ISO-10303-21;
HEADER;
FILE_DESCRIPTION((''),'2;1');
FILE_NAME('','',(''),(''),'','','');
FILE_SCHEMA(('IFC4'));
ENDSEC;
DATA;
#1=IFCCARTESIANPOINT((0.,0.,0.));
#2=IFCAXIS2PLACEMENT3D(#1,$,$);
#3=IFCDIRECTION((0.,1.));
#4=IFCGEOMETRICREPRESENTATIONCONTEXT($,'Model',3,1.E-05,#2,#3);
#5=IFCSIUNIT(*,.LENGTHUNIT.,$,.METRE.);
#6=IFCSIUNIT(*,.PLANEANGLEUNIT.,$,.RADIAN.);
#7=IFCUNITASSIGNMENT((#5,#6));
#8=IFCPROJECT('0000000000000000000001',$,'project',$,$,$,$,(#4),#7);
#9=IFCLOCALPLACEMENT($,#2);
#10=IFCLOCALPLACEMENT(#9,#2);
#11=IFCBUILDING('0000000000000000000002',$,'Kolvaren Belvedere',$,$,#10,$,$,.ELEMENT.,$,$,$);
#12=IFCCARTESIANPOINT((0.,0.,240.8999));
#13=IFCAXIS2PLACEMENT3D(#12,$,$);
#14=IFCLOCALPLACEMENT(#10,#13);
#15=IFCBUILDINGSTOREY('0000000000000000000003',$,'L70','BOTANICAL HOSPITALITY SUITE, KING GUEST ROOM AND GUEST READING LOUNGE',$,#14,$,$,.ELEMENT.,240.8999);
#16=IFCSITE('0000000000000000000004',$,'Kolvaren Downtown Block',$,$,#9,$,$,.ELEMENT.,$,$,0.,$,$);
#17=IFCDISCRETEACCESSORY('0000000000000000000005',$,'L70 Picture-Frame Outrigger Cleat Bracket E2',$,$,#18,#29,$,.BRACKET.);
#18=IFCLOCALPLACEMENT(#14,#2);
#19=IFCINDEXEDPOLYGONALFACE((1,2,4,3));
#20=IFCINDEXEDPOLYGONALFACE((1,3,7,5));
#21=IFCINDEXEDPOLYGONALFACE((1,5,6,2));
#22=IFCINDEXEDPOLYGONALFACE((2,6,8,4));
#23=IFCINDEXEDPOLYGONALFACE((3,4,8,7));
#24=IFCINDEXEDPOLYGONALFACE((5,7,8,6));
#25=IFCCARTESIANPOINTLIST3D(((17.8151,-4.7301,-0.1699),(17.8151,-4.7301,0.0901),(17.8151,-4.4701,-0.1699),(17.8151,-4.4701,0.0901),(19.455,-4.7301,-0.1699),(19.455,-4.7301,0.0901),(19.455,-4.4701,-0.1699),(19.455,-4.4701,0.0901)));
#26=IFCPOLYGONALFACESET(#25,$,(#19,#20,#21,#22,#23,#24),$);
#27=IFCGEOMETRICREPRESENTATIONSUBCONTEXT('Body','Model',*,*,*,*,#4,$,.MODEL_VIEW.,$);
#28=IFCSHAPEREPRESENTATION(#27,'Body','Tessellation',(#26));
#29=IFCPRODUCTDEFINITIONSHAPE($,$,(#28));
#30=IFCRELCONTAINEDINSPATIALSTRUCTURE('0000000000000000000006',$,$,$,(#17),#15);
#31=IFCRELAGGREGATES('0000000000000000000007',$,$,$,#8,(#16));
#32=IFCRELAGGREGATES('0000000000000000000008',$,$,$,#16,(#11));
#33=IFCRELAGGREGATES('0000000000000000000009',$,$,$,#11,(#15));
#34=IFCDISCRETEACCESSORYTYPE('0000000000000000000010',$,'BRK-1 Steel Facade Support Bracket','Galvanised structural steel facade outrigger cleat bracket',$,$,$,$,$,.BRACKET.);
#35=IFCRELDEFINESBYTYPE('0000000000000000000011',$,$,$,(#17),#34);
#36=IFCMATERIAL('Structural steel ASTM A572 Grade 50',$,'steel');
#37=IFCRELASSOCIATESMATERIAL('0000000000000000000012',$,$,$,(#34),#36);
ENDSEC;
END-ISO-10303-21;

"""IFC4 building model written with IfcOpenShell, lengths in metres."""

from ifc_helpers import new_model, si_unit, direction, frame, origin, origin_2d, place, context, subcontext, project, spatial, rectangle, extrude, material, type_object, element, save


model = new_model("IFC4")

# Units and contexts
model_context = context("Model", 3, precision=1e-05, world=origin(), true_north=direction((0.0, 1.0)))
body_context = subcontext(model_context, "Body", "Model", "MODEL_VIEW")
ifc_project = project(units=[si_unit("LENGTHUNIT", "METRE"), si_unit("PLANEANGLEUNIT", "RADIAN")], contexts=[model_context])

# Site, building, storey
site_placement = place(None, origin())
site = spatial("IfcSite", under=ifc_project, at=site_placement, Name="Kolvaren Downtown Block", CompositionType="ELEMENT", RefElevation=0.0)
building_placement = place(site_placement, origin())
building = spatial("IfcBuilding", under=site, at=building_placement, Name="Kolvaren Belvedere", CompositionType="ELEMENT")
storey_placement = place(building_placement, frame((0.0, 0.0, 240.8999)))
storey = spatial("IfcBuildingStorey", under=building, at=storey_placement, Name="L70", Description="BOTANICAL HOSPITALITY SUITE, KING GUEST ROOM AND GUEST READING LOUNGE", CompositionType="ELEMENT", Elevation=240.8999)

# Discrete accessory
ifc_material_1 = material(Name="Structural steel ASTM A572 Grade 50", Category="steel")
discrete_accessory_type = type_object("IfcDiscreteAccessoryType", Name="BRK-1 Steel Facade Support Bracket", Description="Galvanised structural steel facade outrigger cleat bracket", PredefinedType="BRACKET", material=ifc_material_1)
discrete_accessory_placement = place(storey_placement, frame((18.635, -4.6001, -0.1699), z_axis=(0.0, 0.0, 1.0), x_axis=(1.0, 0.0, 0.0)))
element("IfcDiscreteAccessory", 1, at=discrete_accessory_placement, inside=storey, type_object=discrete_accessory_type, Name="L70 Picture-Frame Outrigger Cleat Bracket E2", PredefinedType="BRACKET", context=body_context, shape_type="SweptSolid", body=[
    extrude(rectangle(XDim=1.6399, YDim=0.26, at=origin_2d()), origin(), (0.0, 0.0, 1.0), 0.26),
])

save(model, "model.ifc")
